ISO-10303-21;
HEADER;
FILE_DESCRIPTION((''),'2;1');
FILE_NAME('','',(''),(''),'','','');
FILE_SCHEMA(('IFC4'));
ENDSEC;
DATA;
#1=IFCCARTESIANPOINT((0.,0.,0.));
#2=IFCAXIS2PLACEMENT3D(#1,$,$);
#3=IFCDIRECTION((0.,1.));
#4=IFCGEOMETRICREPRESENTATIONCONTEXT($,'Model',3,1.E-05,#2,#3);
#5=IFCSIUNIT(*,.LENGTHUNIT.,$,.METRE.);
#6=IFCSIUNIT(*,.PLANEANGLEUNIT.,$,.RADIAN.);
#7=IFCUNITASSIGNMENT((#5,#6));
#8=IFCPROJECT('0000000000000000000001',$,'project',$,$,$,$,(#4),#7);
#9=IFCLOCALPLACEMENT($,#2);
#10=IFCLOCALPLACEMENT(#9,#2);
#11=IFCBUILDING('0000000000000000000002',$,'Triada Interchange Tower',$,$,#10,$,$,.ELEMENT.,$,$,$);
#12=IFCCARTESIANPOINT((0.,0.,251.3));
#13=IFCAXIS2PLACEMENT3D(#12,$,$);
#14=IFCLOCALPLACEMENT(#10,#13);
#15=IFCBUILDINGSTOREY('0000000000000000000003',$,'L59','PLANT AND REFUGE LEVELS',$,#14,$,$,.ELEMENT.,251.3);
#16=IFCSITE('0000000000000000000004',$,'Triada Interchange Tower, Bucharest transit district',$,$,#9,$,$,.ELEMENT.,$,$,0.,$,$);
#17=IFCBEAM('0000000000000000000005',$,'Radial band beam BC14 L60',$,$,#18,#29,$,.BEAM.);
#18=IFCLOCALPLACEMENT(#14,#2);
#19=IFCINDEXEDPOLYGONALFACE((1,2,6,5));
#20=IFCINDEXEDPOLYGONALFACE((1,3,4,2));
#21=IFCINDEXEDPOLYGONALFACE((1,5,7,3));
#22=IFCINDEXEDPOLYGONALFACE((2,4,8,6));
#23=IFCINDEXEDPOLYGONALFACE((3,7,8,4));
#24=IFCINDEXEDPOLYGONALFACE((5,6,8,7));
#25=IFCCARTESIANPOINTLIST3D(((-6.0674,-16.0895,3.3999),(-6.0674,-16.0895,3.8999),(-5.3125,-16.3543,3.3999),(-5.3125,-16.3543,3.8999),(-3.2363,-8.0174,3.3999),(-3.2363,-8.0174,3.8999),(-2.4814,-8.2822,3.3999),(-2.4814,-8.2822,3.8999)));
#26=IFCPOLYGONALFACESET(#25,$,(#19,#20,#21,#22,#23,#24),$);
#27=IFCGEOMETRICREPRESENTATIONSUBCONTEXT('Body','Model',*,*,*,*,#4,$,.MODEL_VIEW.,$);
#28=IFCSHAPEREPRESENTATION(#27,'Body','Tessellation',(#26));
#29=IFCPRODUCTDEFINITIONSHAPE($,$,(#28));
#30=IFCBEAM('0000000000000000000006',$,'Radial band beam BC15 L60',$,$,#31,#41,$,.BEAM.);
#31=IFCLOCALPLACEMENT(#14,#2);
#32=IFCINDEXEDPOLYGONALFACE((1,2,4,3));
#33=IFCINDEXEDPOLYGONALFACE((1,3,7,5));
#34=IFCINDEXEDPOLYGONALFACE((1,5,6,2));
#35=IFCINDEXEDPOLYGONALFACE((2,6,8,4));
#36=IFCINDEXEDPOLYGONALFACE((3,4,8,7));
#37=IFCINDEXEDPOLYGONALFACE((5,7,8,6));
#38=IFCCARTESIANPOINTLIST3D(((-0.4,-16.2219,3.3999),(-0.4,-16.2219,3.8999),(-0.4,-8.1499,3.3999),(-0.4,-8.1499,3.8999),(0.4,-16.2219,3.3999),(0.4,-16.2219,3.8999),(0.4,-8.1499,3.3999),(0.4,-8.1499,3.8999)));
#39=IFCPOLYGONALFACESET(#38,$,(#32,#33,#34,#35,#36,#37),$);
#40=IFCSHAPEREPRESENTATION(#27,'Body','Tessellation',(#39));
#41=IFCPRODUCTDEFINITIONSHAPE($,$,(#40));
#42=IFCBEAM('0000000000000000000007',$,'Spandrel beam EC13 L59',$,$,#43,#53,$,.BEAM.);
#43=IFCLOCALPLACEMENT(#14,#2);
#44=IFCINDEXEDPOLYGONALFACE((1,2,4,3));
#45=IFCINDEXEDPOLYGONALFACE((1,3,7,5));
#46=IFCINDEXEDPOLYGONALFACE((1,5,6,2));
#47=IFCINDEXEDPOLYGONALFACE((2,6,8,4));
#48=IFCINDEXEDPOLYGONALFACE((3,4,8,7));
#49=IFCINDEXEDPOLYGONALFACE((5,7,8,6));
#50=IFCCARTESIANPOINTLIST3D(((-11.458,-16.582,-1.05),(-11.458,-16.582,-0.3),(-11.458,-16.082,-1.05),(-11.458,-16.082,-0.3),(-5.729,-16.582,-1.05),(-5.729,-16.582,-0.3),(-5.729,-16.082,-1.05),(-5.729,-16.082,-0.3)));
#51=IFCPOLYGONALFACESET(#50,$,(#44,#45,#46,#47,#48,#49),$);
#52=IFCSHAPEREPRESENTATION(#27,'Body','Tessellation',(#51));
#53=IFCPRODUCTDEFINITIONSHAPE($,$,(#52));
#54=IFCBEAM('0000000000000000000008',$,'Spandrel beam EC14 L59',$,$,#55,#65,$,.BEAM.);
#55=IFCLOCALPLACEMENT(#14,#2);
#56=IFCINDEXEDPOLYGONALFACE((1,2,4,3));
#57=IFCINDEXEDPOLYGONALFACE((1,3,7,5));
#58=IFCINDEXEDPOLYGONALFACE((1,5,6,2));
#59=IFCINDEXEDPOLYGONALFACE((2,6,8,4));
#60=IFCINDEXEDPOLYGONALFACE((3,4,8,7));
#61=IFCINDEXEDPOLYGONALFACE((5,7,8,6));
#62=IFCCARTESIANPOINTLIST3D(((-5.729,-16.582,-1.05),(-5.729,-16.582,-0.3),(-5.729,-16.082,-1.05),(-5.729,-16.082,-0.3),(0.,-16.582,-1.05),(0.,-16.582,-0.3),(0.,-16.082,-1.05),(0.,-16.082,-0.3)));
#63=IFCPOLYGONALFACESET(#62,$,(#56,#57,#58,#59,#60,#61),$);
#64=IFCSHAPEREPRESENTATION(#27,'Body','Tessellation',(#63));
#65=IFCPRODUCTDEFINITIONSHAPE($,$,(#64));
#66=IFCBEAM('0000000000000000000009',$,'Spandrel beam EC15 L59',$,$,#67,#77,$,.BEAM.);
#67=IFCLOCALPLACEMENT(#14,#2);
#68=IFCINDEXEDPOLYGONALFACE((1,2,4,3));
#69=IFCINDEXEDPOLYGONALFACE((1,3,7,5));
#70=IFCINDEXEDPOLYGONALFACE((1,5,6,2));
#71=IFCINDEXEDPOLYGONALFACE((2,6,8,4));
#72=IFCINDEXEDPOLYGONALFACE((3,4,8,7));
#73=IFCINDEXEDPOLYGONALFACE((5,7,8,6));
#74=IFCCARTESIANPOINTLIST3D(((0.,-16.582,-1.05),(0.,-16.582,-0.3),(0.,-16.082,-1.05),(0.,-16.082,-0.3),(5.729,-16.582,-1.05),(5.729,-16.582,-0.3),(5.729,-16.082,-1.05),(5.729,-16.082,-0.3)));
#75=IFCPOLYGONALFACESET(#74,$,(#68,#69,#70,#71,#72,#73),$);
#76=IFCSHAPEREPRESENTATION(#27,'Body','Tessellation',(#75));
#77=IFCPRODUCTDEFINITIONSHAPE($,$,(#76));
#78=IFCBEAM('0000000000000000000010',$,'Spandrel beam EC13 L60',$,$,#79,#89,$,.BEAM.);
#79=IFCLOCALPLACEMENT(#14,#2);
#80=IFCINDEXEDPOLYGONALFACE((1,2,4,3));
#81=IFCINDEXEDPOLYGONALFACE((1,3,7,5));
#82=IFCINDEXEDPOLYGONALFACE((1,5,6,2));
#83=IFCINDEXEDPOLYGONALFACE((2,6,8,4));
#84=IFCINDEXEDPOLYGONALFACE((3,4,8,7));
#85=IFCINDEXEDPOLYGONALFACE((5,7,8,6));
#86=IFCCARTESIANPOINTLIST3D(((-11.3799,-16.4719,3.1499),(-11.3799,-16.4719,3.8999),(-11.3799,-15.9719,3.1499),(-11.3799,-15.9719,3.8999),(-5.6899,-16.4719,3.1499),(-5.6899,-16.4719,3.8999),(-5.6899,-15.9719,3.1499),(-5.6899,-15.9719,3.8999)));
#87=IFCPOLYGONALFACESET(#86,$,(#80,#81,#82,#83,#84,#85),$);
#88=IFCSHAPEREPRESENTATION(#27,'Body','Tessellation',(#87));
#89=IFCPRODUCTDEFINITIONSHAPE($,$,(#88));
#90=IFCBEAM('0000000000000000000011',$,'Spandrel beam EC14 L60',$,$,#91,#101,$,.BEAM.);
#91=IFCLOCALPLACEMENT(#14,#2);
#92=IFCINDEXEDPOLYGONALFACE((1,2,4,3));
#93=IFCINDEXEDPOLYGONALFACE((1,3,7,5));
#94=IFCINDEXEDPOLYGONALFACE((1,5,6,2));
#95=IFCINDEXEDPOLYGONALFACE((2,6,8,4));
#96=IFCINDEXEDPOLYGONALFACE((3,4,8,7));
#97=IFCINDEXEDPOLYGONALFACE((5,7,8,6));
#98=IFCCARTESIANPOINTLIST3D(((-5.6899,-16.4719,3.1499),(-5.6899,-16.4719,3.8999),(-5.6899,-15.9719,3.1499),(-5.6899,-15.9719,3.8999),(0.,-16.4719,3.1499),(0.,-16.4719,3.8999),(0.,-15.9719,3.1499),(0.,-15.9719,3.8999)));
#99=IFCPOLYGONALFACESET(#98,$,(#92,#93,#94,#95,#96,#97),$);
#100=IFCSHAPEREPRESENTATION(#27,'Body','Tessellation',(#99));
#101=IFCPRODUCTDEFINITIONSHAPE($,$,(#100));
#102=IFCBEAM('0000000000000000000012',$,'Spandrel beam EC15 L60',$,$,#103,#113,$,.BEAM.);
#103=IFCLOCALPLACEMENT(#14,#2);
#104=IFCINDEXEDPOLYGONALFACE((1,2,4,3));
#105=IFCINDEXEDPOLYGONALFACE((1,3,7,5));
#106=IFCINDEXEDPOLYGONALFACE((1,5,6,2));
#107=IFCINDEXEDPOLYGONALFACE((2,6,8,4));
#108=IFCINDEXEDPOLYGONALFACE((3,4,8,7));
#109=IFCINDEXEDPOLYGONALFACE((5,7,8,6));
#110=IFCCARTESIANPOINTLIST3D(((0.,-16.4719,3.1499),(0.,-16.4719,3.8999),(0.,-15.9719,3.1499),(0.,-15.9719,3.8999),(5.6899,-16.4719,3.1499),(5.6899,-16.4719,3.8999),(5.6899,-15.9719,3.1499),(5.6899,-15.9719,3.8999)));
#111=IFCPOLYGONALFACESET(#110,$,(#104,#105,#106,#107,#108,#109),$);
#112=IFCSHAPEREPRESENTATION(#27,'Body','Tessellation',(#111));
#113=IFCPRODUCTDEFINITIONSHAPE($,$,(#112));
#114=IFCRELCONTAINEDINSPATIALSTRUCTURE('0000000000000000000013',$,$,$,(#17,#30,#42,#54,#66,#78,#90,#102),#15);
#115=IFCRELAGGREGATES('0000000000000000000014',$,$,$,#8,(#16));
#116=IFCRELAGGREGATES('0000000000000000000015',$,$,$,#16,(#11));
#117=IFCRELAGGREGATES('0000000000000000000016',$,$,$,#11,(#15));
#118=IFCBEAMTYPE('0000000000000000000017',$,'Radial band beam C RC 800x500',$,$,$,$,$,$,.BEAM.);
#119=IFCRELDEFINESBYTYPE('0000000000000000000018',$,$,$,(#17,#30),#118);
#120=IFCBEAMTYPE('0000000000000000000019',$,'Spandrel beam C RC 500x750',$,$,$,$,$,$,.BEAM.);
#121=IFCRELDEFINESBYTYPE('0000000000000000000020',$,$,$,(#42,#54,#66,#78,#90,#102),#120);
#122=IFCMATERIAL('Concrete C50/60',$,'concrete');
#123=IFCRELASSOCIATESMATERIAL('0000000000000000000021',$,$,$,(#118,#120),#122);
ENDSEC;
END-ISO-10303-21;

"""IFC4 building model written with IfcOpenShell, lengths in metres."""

from ifc_helpers import new_model, si_unit, direction, frame, origin, origin_2d, place, context, subcontext, project, spatial, rectangle, extrude, material, material_profile, profile_set, type_object, element, save


model = new_model("IFC4")

# Units and contexts
model_context = context("Model", 3, precision=1e-05, world=origin(), true_north=direction((0.0, 1.0)))
body_context = subcontext(model_context, "Body", "Model", "MODEL_VIEW")
ifc_project = project(units=[si_unit("LENGTHUNIT", "METRE"), si_unit("PLANEANGLEUNIT", "RADIAN")], contexts=[model_context])

# Site, building, storey
site_placement = place(None, origin())
site = spatial("IfcSite", under=ifc_project, at=site_placement, Name="Triada Interchange Tower, Bucharest transit district", CompositionType="ELEMENT", RefElevation=0.0)
building_placement = place(site_placement, origin())
building = spatial("IfcBuilding", under=site, at=building_placement, Name="Triada Interchange Tower", CompositionType="ELEMENT")
storey_placement = place(building_placement, frame((0.0, 0.0, 251.3)))
storey = spatial("IfcBuildingStorey", under=building, at=storey_placement, Name="L59", Description="PLANT AND REFUGE LEVELS", CompositionType="ELEMENT", Elevation=251.3)

# Shared definitions
ifc_material_1 = material(Name="Concrete C50/60", Category="concrete")

# Beams
ifc_material_profile_1 = material_profile(ifc_material_1, rectangle(XDim=0.8, YDim=0.5, at=origin_2d()), Name="RC 800x500")
ifc_profile_set_1 = profile_set([ifc_material_profile_1], Name="Concrete C50/60")
beam_type_1 = type_object("IfcBeamType", Name="Radial band beam C RC 800x500", PredefinedType="BEAM", material=ifc_profile_set_1)
beam_1_placement = place(storey_placement, frame((-5.6899, -16.2219, 3.6499), z_axis=(0.330959, 0.943645, 0.0), x_axis=(-0.943645, 0.330959, 0.0)))
element("IfcBeam", 1, at=beam_1_placement, inside=storey, type_object=beam_type_1, Name="Radial band beam BC14 L60", PredefinedType="BEAM", context=body_context, shape_type="SweptSolid", body=[
    extrude(rectangle(XDim=0.8, YDim=0.5, at=origin_2d()), origin(), (0.0, 0.0, 1.0), 8.5542),
])
beam_2_placement = place(storey_placement, frame((0.0, -16.2219, 3.6499), z_axis=(0.0, 1.0, 0.0), x_axis=(-1.0, 0.0, 0.0)))
element("IfcBeam", 2, at=beam_2_placement, inside=storey, type_object=beam_type_1, Name="Radial band beam BC15 L60", PredefinedType="BEAM", context=body_context, shape_type="SweptSolid", body=[
    extrude(rectangle(XDim=0.8, YDim=0.5, at=origin_2d()), origin(), (0.0, 0.0, 1.0), 8.072),
])
ifc_material_profile_2 = material_profile(ifc_material_1, rectangle(XDim=0.5, YDim=0.75, at=origin_2d()), Name="RC 500x750")
ifc_profile_set_2 = profile_set([ifc_material_profile_2], Name="Concrete C50/60")
beam_type_2 = type_object("IfcBeamType", Name="Spandrel beam C RC 500x750", PredefinedType="BEAM", material=ifc_profile_set_2)
for number, where, z_axis, x_axis, name in (
    (3, (-11.458, -16.332, -0.675), (1.0, 0.0, 0.0), (0.0, 1.0, 0.0), "Spandrel beam EC13 L59"),
    (4, (-5.729, -16.332, -0.675), (1.0, 0.0, 0.0), (0.0, 1.0, 0.0), "Spandrel beam EC14 L59"),
    (5, (0.0, -16.332, -0.675), (1.0, 0.0, 0.0), (0.0, 1.0, 0.0), "Spandrel beam EC15 L59"),
):
    element("IfcBeam", number, at=place(storey_placement, frame(where, z_axis=z_axis, x_axis=x_axis)), inside=storey, type_object=beam_type_2, Name=name, PredefinedType="BEAM", context=body_context, shape_type="SweptSolid", body=[
        extrude(rectangle(XDim=0.5, YDim=0.75, at=origin_2d()), origin(), (0.0, 0.0, 1.0), 5.729),
    ])
for number, where, z_axis, x_axis, name in (
    (6, (-11.3799, -16.2219, 3.5249), (1.0, 0.0, 0.0), (0.0, 1.0, 0.0), "Spandrel beam EC13 L60"),
    (7, (-5.6899, -16.2219, 3.5249), (1.0, 0.0, 0.0), (0.0, 1.0, 0.0), "Spandrel beam EC14 L60"),
    (8, (0.0, -16.2219, 3.5249), (1.0, 0.0, 0.0), (0.0, 1.0, 0.0), "Spandrel beam EC15 L60"),
):
    element("IfcBeam", number, at=place(storey_placement, frame(where, z_axis=z_axis, x_axis=x_axis)), inside=storey, type_object=beam_type_2, Name=name, PredefinedType="BEAM", context=body_context, shape_type="SweptSolid", body=[
        extrude(rectangle(XDim=0.5, YDim=0.75, at=origin_2d()), origin(), (0.0, 0.0, 1.0), 5.6899),
    ])

save(model, "model.ifc")
